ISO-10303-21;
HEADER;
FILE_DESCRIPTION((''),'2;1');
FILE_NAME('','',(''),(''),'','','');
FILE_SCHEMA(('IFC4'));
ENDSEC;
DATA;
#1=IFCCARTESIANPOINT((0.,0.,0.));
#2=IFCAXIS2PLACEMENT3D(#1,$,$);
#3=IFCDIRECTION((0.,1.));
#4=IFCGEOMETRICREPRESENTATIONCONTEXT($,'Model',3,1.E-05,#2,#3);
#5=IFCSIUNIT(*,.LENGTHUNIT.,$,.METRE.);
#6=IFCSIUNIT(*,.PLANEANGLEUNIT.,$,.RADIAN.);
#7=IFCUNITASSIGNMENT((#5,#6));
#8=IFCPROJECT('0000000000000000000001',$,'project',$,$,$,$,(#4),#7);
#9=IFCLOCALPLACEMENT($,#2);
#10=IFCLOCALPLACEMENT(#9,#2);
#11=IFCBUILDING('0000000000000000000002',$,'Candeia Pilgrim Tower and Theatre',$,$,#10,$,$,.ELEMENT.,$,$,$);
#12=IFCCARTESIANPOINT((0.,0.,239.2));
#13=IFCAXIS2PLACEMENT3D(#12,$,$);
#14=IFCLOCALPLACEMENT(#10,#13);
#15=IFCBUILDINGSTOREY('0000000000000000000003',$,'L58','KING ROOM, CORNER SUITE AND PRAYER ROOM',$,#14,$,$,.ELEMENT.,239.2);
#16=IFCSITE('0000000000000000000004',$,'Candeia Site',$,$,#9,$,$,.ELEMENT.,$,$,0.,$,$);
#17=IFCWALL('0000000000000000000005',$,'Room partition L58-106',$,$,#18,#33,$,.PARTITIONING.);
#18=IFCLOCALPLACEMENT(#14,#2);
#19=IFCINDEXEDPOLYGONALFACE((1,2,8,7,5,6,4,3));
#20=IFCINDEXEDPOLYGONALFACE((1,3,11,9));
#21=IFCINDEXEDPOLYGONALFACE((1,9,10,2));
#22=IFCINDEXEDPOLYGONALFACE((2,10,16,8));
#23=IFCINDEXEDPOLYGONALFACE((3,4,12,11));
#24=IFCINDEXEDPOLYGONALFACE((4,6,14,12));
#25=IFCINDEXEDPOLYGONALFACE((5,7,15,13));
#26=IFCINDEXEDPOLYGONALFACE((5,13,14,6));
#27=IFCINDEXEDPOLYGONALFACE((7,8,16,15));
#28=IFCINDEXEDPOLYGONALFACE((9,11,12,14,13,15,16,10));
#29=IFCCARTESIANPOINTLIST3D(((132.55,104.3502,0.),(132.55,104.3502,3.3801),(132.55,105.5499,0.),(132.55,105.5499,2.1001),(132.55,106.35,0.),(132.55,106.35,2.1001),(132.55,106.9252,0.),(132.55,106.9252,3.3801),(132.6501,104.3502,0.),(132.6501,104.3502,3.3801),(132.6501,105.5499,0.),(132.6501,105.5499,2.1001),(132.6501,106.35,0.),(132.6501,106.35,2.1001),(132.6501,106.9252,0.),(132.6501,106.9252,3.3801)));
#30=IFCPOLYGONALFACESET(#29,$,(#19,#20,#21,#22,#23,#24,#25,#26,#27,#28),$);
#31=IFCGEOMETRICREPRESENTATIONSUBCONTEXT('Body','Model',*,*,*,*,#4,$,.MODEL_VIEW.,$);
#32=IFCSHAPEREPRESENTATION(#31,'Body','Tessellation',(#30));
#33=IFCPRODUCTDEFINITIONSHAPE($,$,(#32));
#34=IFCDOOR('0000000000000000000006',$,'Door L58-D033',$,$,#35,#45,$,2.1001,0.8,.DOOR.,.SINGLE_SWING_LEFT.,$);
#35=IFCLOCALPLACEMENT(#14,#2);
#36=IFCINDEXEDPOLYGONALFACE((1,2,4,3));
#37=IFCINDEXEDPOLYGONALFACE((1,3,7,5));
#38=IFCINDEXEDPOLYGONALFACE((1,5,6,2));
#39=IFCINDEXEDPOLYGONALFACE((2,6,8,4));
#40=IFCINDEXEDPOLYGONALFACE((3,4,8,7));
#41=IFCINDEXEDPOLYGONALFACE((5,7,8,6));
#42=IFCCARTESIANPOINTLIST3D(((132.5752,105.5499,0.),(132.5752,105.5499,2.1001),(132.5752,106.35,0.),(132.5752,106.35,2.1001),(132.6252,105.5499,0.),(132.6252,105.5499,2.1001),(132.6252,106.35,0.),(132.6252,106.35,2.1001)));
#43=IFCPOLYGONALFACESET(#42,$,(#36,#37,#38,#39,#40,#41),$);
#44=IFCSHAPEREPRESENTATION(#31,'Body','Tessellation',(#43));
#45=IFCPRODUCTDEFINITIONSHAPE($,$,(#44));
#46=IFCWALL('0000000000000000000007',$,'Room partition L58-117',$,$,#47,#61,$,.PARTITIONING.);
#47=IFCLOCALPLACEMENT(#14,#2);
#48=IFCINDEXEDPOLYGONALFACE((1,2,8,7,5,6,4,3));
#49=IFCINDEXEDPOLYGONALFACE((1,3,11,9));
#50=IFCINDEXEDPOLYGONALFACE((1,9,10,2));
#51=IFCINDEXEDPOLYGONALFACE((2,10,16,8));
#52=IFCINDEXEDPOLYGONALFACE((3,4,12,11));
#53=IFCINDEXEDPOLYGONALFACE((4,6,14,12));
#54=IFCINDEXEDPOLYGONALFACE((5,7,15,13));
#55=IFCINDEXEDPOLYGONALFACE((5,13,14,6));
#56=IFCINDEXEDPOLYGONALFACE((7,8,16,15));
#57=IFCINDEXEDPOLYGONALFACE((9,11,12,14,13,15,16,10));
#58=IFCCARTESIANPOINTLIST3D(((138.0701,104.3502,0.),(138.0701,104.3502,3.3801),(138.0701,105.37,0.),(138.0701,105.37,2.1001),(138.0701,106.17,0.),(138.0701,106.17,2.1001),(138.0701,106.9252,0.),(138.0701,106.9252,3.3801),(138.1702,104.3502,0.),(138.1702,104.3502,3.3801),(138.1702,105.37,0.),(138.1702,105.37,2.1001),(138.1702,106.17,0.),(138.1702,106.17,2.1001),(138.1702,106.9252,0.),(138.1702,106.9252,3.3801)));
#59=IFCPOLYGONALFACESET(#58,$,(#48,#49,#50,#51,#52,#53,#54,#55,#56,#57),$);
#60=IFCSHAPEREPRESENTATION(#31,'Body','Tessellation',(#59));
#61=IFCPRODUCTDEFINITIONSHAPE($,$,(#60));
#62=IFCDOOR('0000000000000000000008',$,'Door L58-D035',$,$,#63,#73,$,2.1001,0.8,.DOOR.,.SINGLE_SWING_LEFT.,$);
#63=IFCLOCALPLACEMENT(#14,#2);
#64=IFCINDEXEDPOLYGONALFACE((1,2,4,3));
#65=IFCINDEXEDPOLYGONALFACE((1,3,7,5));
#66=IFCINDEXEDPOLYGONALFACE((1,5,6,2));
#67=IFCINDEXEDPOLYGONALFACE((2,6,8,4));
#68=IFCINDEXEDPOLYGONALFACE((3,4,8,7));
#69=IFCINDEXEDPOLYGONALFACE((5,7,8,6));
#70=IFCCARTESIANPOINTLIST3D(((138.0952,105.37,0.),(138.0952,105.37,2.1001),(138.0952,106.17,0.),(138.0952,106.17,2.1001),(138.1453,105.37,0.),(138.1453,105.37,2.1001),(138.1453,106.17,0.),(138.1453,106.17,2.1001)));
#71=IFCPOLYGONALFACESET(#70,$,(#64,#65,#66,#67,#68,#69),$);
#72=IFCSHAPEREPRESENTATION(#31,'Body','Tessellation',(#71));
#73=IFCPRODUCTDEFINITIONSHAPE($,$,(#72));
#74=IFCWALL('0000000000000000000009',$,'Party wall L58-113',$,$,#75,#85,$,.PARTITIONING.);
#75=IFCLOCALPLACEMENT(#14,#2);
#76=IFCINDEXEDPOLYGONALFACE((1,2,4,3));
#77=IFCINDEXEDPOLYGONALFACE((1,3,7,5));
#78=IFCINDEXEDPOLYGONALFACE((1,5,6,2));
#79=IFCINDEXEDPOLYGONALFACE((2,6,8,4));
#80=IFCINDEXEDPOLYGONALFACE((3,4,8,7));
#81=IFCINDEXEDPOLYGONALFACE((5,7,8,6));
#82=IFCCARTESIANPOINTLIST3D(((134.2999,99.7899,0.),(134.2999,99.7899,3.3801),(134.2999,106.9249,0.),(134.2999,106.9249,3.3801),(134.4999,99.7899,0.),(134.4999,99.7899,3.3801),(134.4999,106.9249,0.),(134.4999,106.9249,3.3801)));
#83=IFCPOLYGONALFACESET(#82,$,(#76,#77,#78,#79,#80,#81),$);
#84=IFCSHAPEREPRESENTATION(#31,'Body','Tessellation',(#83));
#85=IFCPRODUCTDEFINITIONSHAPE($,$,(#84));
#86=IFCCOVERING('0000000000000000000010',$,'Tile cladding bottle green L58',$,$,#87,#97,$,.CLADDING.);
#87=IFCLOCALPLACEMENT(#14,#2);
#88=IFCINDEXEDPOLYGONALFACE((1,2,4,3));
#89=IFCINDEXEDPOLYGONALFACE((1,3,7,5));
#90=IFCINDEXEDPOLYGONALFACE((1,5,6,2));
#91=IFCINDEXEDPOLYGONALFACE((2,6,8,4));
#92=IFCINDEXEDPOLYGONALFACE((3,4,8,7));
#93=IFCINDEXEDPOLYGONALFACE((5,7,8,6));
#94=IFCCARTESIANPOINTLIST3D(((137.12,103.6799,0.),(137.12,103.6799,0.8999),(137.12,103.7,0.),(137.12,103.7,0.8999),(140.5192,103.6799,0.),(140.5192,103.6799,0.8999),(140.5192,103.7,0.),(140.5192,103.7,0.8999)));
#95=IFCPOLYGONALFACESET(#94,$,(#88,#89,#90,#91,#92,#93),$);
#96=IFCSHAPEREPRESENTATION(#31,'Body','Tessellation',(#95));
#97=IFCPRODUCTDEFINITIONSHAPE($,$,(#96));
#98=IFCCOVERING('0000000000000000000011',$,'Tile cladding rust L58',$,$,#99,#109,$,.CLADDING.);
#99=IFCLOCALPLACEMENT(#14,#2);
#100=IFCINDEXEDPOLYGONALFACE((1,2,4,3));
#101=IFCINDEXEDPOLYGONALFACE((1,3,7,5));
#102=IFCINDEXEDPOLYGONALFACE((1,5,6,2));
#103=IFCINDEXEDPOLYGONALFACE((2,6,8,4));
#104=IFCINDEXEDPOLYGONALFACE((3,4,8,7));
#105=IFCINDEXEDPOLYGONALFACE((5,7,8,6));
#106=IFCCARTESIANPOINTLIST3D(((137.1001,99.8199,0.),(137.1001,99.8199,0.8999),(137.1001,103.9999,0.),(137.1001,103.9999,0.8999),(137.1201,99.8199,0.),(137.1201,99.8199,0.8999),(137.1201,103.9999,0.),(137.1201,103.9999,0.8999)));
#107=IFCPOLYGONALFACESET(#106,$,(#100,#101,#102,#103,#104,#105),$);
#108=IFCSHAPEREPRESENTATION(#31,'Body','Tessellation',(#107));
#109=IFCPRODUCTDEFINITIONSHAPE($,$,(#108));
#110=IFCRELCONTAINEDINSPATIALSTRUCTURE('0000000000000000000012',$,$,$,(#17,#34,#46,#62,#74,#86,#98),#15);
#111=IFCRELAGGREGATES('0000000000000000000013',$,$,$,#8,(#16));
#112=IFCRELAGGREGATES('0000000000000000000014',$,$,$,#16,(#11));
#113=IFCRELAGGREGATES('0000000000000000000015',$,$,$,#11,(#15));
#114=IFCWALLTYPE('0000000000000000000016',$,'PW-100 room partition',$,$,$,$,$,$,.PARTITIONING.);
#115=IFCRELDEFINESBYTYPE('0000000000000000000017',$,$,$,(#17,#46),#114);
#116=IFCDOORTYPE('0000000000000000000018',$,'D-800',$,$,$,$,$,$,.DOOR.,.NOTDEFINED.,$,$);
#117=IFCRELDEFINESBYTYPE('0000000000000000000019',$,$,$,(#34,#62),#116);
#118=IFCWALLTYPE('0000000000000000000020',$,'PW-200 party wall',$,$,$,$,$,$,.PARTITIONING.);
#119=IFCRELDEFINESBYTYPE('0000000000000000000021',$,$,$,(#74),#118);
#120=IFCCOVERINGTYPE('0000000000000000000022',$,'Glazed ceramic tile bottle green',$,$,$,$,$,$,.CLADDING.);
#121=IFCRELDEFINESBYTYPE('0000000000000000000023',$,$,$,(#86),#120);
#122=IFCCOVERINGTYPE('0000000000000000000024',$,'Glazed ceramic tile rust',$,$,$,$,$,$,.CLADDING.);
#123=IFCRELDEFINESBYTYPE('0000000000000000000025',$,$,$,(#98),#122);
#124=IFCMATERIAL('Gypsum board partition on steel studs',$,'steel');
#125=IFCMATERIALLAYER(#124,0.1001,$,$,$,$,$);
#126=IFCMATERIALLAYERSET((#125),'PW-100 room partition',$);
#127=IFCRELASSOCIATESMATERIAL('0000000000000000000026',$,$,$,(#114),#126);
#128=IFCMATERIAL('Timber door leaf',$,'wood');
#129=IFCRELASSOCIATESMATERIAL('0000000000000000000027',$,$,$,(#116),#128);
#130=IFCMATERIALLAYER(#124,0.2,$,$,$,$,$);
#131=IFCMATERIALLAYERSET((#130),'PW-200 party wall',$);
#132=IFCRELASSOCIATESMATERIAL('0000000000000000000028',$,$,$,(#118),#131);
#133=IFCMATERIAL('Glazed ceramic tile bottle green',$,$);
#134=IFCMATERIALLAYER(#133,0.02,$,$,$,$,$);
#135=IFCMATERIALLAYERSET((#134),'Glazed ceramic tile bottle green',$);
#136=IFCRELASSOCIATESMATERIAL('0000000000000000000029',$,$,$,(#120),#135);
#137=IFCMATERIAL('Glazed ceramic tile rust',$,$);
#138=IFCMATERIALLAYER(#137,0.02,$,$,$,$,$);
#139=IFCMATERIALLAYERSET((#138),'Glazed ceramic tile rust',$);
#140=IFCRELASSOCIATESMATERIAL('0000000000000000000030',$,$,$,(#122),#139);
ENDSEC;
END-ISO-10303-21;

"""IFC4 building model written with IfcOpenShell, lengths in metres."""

from ifc_helpers import new_model, si_unit, direction, frame, frame_2d, origin, origin_2d, place, context, subcontext, project, spatial, rectangle, extrude, material, layer, layer_set, type_object, element, fill, save


model = new_model("IFC4")

# Units and contexts
model_context = context("Model", 3, precision=1e-05, world=origin(), true_north=direction((0.0, 1.0)))
body_context = subcontext(model_context, "Body", "Model", "MODEL_VIEW")
ifc_project = project(units=[si_unit("LENGTHUNIT", "METRE"), si_unit("PLANEANGLEUNIT", "RADIAN")], contexts=[model_context])

# Site, building, storey
site_placement = place(None, origin())
site = spatial("IfcSite", under=ifc_project, at=site_placement, Name="Candeia Site", CompositionType="ELEMENT", RefElevation=0.0)
building_placement = place(site_placement, origin())
building = spatial("IfcBuilding", under=site, at=building_placement, Name="Candeia Pilgrim Tower and Theatre", CompositionType="ELEMENT")
storey_placement = place(building_placement, frame((0.0, 0.0, 239.2)))
storey = spatial("IfcBuildingStorey", under=building, at=storey_placement, Name="L58", Description="KING ROOM, CORNER SUITE AND PRAYER ROOM", CompositionType="ELEMENT", Elevation=239.2)

# Shared definitions
ifc_material_1 = material(Name="Gypsum board partition on steel studs", Category="steel")
ifc_layer_1 = layer(ifc_material_1, 0.1001)
ifc_layer_set_1 = layer_set([ifc_layer_1], Name="PW-100 room partition")
wall_type_1 = type_object("IfcWallType", Name="PW-100 room partition", PredefinedType="PARTITIONING", material=ifc_layer_set_1)

# Walls, openings, doors
wall_1_placement = place(storey_placement, frame((132.6001, 104.3501, 0.0), z_axis=(0.0, 0.0, 1.0), x_axis=(0.0, 1.0, 0.0)))
wall_1 = element("IfcWall", 1, at=wall_1_placement, inside=storey, type_object=wall_type_1, Name="Room partition L58-106", PredefinedType="PARTITIONING", context=body_context, shape_type="SweptSolid", body=[
    extrude(rectangle(XDim=2.575, YDim=0.1001, at=frame_2d((1.2876, 0.0))), origin(), (0.0, 0.0, 1.0), 3.3801),
])
opening_1_placement = place(wall_1_placement, frame((1.2, 0.0, 0.0)))
opening_1 = element("IfcOpeningElement", 2, at=opening_1_placement, cuts=wall_1, PredefinedType="OPENING", context=body_context, shape_type="SweptSolid", body=[
    extrude(rectangle(XDim=0.8, YDim=2.1001, at=frame_2d((0.3999, 1.05))), frame((0.0, 0.0601, 0.0), z_axis=(0.0, -1.0, 0.0), x_axis=(1.0, 0.0, 0.0)), (0.0, 0.0, 1.0), 0.1201),
])
ifc_material_2 = material(Name="Timber door leaf", Category="wood")
door_type_1 = type_object("IfcDoorType", Name="D-800", OperationType="NOTDEFINED", PredefinedType="DOOR", material=ifc_material_2)
door_1_placement = place(opening_1_placement, origin())
door_1 = element("IfcDoor", 3, at=door_1_placement, inside=storey, type_object=door_type_1, Name="Door L58-D033", OperationType="SINGLE_SWING_LEFT", OverallHeight=2.1001, OverallWidth=0.8, PredefinedType="DOOR", context=body_context, shape_type="SweptSolid", body=[
    extrude(rectangle(XDim=0.8, YDim=2.1001, at=frame_2d((0.3999, 1.05))), frame((0.0, 0.0249, 0.0), z_axis=(0.0, -1.0, 0.0), x_axis=(1.0, 0.0, 0.0)), (0.0, 0.0, 1.0), 0.05),
])
fill(opening_1, door_1)
wall_2_placement = place(storey_placement, frame((138.1201, 104.3501, 0.0), z_axis=(0.0, 0.0, 1.0), x_axis=(0.0, 1.0, 0.0)))
wall_2 = element("IfcWall", 4, at=wall_2_placement, inside=storey, type_object=wall_type_1, Name="Room partition L58-117", PredefinedType="PARTITIONING", context=body_context, shape_type="SweptSolid", body=[
    extrude(rectangle(XDim=2.575, YDim=0.1001, at=frame_2d((1.2876, 0.0))), origin(), (0.0, 0.0, 1.0), 3.3801),
])
opening_2_placement = place(wall_2_placement, frame((1.02, 0.0, 0.0)))
opening_2 = element("IfcOpeningElement", 5, at=opening_2_placement, cuts=wall_2, PredefinedType="OPENING", context=body_context, shape_type="SweptSolid", body=[
    extrude(rectangle(XDim=0.8, YDim=2.1001, at=frame_2d((0.3999, 1.05))), frame((0.0, 0.0601, 0.0), z_axis=(0.0, -1.0, 0.0), x_axis=(1.0, 0.0, 0.0)), (0.0, 0.0, 1.0), 0.1201),
])
door_2_placement = place(opening_2_placement, origin())
door_2 = element("IfcDoor", 6, at=door_2_placement, inside=storey, type_object=door_type_1, Name="Door L58-D035", OperationType="SINGLE_SWING_LEFT", OverallHeight=2.1001, OverallWidth=0.8, PredefinedType="DOOR", context=body_context, shape_type="SweptSolid", body=[
    extrude(rectangle(XDim=0.8, YDim=2.1001, at=frame_2d((0.3999, 1.05))), frame((0.0, 0.0249, 0.0), z_axis=(0.0, -1.0, 0.0), x_axis=(1.0, 0.0, 0.0)), (0.0, 0.0, 1.0), 0.05),
])
fill(opening_2, door_2)

# Wall
ifc_layer_2 = layer(ifc_material_1, 0.2)
ifc_layer_set_2 = layer_set([ifc_layer_2], Name="PW-200 party wall")
wall_type_2 = type_object("IfcWallType", Name="PW-200 party wall", PredefinedType="PARTITIONING", material=ifc_layer_set_2)
wall_3_placement = place(storey_placement, frame((134.3999, 99.79, 0.0), z_axis=(0.0, 0.0, 1.0), x_axis=(0.0, 1.0, 0.0)))
element("IfcWall", 7, at=wall_3_placement, inside=storey, type_object=wall_type_2, Name="Party wall L58-113", PredefinedType="PARTITIONING", context=body_context, shape_type="SweptSolid", body=[
    extrude(rectangle(XDim=7.135, YDim=0.2, at=frame_2d((3.5674, 0.0))), origin(), (0.0, 0.0, 1.0), 3.3801),
])

# Coverings
ifc_material_3 = material(Name="Glazed ceramic tile bottle green")
ifc_layer_3 = layer(ifc_material_3, 0.02)
ifc_layer_set_3 = layer_set([ifc_layer_3], Name="Glazed ceramic tile bottle green")
covering_type_1 = type_object("IfcCoveringType", Name="Glazed ceramic tile bottle green", PredefinedType="CLADDING", material=ifc_layer_set_3)
covering_1_placement = place(storey_placement, frame((138.8196, 103.6899, 0.0), z_axis=(0.0, 0.0, 1.0), x_axis=(1.0, 0.0, 0.0)))
element("IfcCovering", 8, at=covering_1_placement, inside=storey, type_object=covering_type_1, Name="Tile cladding bottle green L58", PredefinedType="CLADDING", context=body_context, shape_type="SweptSolid", body=[
    extrude(rectangle(XDim=3.3992, YDim=0.02, at=origin_2d()), origin(), (0.0, 0.0, 1.0), 0.8999),
])
ifc_material_4 = material(Name="Glazed ceramic tile rust")
ifc_layer_4 = layer(ifc_material_4, 0.02)
ifc_layer_set_4 = layer_set([ifc_layer_4], Name="Glazed ceramic tile rust")
covering_type_2 = type_object("IfcCoveringType", Name="Glazed ceramic tile rust", PredefinedType="CLADDING", material=ifc_layer_set_4)
covering_2_placement = place(storey_placement, frame((137.1101, 101.9099, 0.0), z_axis=(0.0, 0.0, 1.0), x_axis=(0.0, 1.0, 0.0)))
element("IfcCovering", 9, at=covering_2_placement, inside=storey, type_object=covering_type_2, Name="Tile cladding rust L58", PredefinedType="CLADDING", context=body_context, shape_type="SweptSolid", body=[
    extrude(rectangle(XDim=4.1799, YDim=0.02, at=origin_2d()), origin(), (0.0, 0.0, 1.0), 0.8999),
])

save(model, "model.ifc")
